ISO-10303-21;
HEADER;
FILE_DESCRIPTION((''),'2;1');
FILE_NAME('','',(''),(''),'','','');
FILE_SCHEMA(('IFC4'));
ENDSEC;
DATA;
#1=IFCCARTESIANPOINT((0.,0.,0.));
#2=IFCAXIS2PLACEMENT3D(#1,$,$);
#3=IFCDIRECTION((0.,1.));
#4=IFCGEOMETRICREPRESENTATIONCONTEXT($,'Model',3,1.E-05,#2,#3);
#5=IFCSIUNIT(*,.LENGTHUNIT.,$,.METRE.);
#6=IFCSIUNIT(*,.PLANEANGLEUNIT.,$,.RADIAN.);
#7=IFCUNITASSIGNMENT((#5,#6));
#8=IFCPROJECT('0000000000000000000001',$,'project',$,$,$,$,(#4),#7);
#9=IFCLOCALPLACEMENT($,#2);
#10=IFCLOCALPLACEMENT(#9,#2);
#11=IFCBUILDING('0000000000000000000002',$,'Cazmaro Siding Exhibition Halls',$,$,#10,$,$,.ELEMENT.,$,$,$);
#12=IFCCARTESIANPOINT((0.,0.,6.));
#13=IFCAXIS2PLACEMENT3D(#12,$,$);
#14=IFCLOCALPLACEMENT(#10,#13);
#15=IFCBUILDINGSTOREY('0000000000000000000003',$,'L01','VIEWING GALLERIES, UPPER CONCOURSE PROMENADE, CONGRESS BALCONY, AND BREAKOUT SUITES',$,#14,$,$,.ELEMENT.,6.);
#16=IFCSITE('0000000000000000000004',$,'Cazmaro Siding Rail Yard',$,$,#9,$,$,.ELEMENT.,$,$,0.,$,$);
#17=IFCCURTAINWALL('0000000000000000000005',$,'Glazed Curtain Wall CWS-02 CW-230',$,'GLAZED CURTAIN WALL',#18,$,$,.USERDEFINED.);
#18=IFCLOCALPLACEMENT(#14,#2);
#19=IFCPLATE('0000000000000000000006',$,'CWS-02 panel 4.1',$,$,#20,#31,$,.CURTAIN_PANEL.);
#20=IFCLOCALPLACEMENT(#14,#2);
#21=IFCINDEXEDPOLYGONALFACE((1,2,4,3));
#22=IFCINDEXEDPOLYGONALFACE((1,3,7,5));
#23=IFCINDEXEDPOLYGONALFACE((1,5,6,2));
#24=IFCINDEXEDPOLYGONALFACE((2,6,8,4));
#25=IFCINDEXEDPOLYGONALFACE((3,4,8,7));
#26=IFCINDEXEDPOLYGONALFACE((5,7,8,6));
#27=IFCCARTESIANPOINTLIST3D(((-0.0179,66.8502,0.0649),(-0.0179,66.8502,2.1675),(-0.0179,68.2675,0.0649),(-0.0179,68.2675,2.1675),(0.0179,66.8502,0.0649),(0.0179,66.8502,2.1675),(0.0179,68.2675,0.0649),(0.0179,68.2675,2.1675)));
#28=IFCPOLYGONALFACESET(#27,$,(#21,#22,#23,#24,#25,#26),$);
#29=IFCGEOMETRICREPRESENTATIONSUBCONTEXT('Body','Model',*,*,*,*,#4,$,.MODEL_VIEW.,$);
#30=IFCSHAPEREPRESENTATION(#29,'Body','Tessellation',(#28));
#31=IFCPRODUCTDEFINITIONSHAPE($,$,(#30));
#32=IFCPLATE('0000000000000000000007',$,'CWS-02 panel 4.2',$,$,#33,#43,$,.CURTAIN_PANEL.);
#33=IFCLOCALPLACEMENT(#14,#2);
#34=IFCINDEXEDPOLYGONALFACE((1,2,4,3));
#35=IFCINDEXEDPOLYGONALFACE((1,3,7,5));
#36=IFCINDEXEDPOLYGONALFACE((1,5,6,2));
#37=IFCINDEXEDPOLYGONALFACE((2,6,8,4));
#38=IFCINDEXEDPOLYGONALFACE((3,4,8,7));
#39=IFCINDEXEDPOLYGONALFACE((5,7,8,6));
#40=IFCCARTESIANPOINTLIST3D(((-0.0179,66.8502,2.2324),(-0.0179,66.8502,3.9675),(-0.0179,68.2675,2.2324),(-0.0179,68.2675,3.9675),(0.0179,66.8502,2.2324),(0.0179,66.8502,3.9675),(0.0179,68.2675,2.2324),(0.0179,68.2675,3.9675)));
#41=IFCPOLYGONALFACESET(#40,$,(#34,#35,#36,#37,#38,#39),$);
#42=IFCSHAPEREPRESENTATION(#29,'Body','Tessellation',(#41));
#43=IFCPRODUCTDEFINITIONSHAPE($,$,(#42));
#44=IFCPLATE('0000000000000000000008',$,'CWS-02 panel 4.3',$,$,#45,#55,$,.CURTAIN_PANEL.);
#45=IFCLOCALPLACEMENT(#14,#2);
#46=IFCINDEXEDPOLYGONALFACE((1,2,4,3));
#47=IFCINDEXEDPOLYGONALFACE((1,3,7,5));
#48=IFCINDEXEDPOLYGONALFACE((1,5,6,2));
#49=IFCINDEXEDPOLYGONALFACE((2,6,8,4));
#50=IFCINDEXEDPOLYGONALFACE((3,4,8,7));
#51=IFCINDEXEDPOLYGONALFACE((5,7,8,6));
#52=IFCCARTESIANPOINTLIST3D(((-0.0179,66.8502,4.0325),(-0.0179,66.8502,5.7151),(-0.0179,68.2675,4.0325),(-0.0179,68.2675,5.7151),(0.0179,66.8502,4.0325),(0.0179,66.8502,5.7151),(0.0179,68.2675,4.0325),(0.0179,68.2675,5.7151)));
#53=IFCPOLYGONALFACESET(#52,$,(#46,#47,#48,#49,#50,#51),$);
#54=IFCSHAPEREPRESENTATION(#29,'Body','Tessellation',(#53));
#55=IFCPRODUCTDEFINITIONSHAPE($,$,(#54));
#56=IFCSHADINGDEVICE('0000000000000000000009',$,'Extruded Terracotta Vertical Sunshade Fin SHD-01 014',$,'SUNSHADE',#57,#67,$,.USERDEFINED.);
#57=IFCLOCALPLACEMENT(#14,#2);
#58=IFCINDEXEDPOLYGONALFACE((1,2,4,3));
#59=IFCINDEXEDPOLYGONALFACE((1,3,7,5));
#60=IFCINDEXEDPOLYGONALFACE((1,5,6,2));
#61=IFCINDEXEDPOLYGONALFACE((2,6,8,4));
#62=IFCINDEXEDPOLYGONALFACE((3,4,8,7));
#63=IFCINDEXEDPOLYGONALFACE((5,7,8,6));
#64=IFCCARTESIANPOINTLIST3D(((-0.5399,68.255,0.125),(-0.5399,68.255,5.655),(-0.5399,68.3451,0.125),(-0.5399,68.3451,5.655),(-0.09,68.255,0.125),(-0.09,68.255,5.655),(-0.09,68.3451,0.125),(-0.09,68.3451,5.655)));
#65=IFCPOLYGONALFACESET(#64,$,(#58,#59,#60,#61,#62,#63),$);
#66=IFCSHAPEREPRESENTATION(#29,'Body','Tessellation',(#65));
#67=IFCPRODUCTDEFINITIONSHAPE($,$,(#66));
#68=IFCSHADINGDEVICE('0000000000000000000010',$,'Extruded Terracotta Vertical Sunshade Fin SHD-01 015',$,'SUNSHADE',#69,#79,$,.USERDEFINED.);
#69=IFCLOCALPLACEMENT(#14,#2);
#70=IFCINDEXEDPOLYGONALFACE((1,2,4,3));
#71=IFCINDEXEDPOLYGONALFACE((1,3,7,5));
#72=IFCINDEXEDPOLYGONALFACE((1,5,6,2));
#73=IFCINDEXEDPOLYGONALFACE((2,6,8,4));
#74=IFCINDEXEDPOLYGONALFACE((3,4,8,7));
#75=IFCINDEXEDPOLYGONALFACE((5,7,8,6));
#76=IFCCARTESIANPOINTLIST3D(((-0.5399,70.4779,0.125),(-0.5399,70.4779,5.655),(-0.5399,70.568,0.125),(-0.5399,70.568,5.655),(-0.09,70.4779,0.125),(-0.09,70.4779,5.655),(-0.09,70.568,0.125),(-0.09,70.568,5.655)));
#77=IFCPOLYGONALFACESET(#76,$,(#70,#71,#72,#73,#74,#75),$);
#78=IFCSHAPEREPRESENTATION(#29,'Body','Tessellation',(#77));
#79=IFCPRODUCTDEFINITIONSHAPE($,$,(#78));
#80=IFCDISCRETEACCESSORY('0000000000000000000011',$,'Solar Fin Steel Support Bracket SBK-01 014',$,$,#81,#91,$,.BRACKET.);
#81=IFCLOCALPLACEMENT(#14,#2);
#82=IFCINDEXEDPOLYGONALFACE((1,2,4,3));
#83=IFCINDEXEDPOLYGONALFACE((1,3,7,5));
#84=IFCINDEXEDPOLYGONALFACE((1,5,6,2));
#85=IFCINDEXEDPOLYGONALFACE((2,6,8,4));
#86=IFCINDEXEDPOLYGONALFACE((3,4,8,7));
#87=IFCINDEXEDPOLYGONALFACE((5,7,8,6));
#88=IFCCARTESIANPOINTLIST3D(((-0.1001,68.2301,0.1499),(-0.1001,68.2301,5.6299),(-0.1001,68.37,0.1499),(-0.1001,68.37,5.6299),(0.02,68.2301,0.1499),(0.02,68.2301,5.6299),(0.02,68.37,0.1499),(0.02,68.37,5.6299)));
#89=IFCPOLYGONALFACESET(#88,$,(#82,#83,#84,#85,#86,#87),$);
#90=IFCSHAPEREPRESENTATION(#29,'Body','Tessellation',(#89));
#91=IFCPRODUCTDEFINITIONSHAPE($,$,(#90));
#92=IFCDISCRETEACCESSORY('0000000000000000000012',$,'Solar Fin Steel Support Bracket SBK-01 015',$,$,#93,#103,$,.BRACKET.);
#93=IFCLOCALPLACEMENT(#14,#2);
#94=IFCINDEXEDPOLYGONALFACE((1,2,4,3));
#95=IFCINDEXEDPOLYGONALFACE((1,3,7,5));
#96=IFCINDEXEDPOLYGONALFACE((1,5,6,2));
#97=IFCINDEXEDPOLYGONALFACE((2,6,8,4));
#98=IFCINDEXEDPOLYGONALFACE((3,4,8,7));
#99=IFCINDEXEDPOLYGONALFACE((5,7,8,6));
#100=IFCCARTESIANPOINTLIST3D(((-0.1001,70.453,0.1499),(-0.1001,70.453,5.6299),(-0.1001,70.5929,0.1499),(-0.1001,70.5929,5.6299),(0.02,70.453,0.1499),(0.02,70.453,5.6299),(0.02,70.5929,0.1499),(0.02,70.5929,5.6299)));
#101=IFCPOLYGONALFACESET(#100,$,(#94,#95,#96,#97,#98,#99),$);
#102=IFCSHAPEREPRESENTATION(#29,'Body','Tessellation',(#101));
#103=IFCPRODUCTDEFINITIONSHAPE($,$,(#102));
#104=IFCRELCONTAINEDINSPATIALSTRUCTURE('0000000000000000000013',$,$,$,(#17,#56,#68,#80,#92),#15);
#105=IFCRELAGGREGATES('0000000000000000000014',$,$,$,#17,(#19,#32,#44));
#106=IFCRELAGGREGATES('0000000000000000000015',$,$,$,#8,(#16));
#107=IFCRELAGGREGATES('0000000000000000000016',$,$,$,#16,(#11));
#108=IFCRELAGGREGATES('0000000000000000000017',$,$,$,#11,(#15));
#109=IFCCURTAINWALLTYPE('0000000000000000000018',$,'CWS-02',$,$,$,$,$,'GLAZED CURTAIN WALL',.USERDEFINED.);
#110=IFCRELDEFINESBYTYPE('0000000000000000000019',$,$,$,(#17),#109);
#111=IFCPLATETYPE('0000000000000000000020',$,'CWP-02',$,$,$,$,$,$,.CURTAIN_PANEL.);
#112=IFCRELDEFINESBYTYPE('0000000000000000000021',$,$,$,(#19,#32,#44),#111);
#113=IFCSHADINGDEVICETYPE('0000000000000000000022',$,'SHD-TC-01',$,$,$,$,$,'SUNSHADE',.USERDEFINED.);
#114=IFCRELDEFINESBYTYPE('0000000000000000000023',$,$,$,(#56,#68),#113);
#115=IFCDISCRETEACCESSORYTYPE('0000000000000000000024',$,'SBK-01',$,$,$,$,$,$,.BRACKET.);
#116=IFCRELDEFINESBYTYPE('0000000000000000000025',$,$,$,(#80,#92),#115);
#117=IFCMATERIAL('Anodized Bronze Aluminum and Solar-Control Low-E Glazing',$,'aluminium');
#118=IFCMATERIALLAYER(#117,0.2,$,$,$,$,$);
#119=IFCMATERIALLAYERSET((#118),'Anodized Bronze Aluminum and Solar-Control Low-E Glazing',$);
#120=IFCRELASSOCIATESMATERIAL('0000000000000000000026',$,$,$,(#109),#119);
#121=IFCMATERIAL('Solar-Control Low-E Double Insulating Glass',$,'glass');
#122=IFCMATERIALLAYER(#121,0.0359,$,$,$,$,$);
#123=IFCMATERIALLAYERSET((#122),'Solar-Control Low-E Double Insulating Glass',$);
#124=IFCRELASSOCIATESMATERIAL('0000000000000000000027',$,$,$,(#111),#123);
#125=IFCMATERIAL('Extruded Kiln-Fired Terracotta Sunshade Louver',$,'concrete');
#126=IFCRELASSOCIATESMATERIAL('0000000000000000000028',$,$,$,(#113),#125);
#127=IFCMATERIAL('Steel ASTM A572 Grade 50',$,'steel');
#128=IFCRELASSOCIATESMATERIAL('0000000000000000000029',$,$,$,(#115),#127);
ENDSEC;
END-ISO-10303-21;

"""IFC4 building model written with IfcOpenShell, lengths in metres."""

from ifc_helpers import new_model, si_unit, direction, frame, origin, origin_2d, place, context, subcontext, project, spatial, rectangle, extrude, material, layer, layer_set, type_object, element, aggregate, save


model = new_model("IFC4")

# Units and contexts
model_context = context("Model", 3, precision=1e-05, world=origin(), true_north=direction((0.0, 1.0)))
body_context = subcontext(model_context, "Body", "Model", "MODEL_VIEW")
ifc_project = project(units=[si_unit("LENGTHUNIT", "METRE"), si_unit("PLANEANGLEUNIT", "RADIAN")], contexts=[model_context])

# Site, building, storey
site_placement = place(None, origin())
site = spatial("IfcSite", under=ifc_project, at=site_placement, Name="Cazmaro Siding Rail Yard", CompositionType="ELEMENT", RefElevation=0.0)
building_placement = place(site_placement, origin())
building = spatial("IfcBuilding", under=site, at=building_placement, Name="Cazmaro Siding Exhibition Halls", CompositionType="ELEMENT")
storey_placement = place(building_placement, frame((0.0, 0.0, 6.0)))
storey = spatial("IfcBuildingStorey", under=building, at=storey_placement, Name="L01", Description="VIEWING GALLERIES, UPPER CONCOURSE PROMENADE, CONGRESS BALCONY, AND BREAKOUT SUITES", CompositionType="ELEMENT", Elevation=6.0)

# Curtain wall, plates
ifc_material_1 = material(Name="Anodized Bronze Aluminum and Solar-Control Low-E Glazing", Category="aluminium")
ifc_layer_1 = layer(ifc_material_1, 0.2)
ifc_layer_set_1 = layer_set([ifc_layer_1], Name="Anodized Bronze Aluminum and Solar-Control Low-E Glazing")
curtain_wall_type = type_object("IfcCurtainWallType", Name="CWS-02", ElementType="GLAZED CURTAIN WALL", PredefinedType="USERDEFINED", material=ifc_layer_set_1)
curtain_wall_placement = place(storey_placement, origin())
curtain_wall = element("IfcCurtainWall", 1, at=curtain_wall_placement, inside=storey, type_object=curtain_wall_type, Name="Glazed Curtain Wall CWS-02 CW-230", ObjectType="GLAZED CURTAIN WALL", PredefinedType="USERDEFINED")
ifc_material_2 = material(Name="Solar-Control Low-E Double Insulating Glass", Category="glass")
ifc_layer_2 = layer(ifc_material_2, 0.0359)
ifc_layer_set_2 = layer_set([ifc_layer_2], Name="Solar-Control Low-E Double Insulating Glass")
plate_type = type_object("IfcPlateType", Name="CWP-02", PredefinedType="CURTAIN_PANEL", material=ifc_layer_set_2)
plate_1_placement = place(storey_placement, frame((0.0, 67.5588, 0.0649), z_axis=(0.0, 0.0, 1.0), x_axis=(0.0, -1.0, 0.0)))
plate_1 = element("IfcPlate", 2, at=plate_1_placement, type_object=plate_type, Name="CWS-02 panel 4.1", PredefinedType="CURTAIN_PANEL", context=body_context, shape_type="SweptSolid", body=[
    extrude(rectangle(XDim=1.4172, YDim=0.0359, at=origin_2d()), origin(), (0.0, 0.0, 1.0), 2.1025),
])
plate_2_placement = place(storey_placement, frame((0.0, 67.5588, 2.2324), z_axis=(0.0, 0.0, 1.0), x_axis=(0.0, -1.0, 0.0)))
plate_2 = element("IfcPlate", 3, at=plate_2_placement, type_object=plate_type, Name="CWS-02 panel 4.2", PredefinedType="CURTAIN_PANEL", context=body_context, shape_type="SweptSolid", body=[
    extrude(rectangle(XDim=1.4172, YDim=0.0359, at=origin_2d()), origin(), (0.0, 0.0, 1.0), 1.7351),
])
plate_3_placement = place(storey_placement, frame((0.0, 67.5588, 4.0325), z_axis=(0.0, 0.0, 1.0), x_axis=(0.0, -1.0, 0.0)))
plate_3 = element("IfcPlate", 4, at=plate_3_placement, type_object=plate_type, Name="CWS-02 panel 4.3", PredefinedType="CURTAIN_PANEL", context=body_context, shape_type="SweptSolid", body=[
    extrude(rectangle(XDim=1.4172, YDim=0.0359, at=origin_2d()), origin(), (0.0, 0.0, 1.0), 1.6826),
])
aggregate(curtain_wall, [plate_1, plate_2, plate_3])

# Shading devices
ifc_material_3 = material(Name="Extruded Kiln-Fired Terracotta Sunshade Louver", Category="concrete")
shading_device_type = type_object("IfcShadingDeviceType", Name="SHD-TC-01", ElementType="SUNSHADE", PredefinedType="USERDEFINED", material=ifc_material_3)
for number, where, z_axis, x_axis, name in (
    (5, (-0.3149, 68.3, 0.125), (0.0, 0.0, 1.0), (1.0, 0.0, 0.0), "Extruded Terracotta Vertical Sunshade Fin SHD-01 014"),
    (6, (-0.3149, 70.5229, 0.125), (0.0, 0.0, 1.0), (1.0, 0.0, 0.0), "Extruded Terracotta Vertical Sunshade Fin SHD-01 015"),
):
    element("IfcShadingDevice", number, at=place(storey_placement, frame(where, z_axis=z_axis, x_axis=x_axis)), inside=storey, type_object=shading_device_type, Name=name, ObjectType="SUNSHADE", PredefinedType="USERDEFINED", context=body_context, shape_type="SweptSolid", body=[
        extrude(rectangle(XDim=0.45, YDim=0.0901, at=origin_2d()), origin(), (0.0, 0.0, 1.0), 5.53),
    ])

# Discrete accessories
ifc_material_4 = material(Name="Steel ASTM A572 Grade 50", Category="steel")
discrete_accessory_type = type_object("IfcDiscreteAccessoryType", Name="SBK-01", PredefinedType="BRACKET", material=ifc_material_4)
for number, where, z_axis, x_axis, name in (
    (7, (-0.04, 68.3, 0.1499), (0.0, 0.0, 1.0), (1.0, 0.0, 0.0), "Solar Fin Steel Support Bracket SBK-01 014"),
    (8, (-0.04, 70.5229, 0.1499), (0.0, 0.0, 1.0), (1.0, 0.0, 0.0), "Solar Fin Steel Support Bracket SBK-01 015"),
):
    element("IfcDiscreteAccessory", number, at=place(storey_placement, frame(where, z_axis=z_axis, x_axis=x_axis)), inside=storey, type_object=discrete_accessory_type, Name=name, PredefinedType="BRACKET", context=body_context, shape_type="SweptSolid", body=[
        extrude(rectangle(XDim=0.1201, YDim=0.1399, at=origin_2d()), origin(), (0.0, 0.0, 1.0), 5.48),
    ])

save(model, "model.ifc")
